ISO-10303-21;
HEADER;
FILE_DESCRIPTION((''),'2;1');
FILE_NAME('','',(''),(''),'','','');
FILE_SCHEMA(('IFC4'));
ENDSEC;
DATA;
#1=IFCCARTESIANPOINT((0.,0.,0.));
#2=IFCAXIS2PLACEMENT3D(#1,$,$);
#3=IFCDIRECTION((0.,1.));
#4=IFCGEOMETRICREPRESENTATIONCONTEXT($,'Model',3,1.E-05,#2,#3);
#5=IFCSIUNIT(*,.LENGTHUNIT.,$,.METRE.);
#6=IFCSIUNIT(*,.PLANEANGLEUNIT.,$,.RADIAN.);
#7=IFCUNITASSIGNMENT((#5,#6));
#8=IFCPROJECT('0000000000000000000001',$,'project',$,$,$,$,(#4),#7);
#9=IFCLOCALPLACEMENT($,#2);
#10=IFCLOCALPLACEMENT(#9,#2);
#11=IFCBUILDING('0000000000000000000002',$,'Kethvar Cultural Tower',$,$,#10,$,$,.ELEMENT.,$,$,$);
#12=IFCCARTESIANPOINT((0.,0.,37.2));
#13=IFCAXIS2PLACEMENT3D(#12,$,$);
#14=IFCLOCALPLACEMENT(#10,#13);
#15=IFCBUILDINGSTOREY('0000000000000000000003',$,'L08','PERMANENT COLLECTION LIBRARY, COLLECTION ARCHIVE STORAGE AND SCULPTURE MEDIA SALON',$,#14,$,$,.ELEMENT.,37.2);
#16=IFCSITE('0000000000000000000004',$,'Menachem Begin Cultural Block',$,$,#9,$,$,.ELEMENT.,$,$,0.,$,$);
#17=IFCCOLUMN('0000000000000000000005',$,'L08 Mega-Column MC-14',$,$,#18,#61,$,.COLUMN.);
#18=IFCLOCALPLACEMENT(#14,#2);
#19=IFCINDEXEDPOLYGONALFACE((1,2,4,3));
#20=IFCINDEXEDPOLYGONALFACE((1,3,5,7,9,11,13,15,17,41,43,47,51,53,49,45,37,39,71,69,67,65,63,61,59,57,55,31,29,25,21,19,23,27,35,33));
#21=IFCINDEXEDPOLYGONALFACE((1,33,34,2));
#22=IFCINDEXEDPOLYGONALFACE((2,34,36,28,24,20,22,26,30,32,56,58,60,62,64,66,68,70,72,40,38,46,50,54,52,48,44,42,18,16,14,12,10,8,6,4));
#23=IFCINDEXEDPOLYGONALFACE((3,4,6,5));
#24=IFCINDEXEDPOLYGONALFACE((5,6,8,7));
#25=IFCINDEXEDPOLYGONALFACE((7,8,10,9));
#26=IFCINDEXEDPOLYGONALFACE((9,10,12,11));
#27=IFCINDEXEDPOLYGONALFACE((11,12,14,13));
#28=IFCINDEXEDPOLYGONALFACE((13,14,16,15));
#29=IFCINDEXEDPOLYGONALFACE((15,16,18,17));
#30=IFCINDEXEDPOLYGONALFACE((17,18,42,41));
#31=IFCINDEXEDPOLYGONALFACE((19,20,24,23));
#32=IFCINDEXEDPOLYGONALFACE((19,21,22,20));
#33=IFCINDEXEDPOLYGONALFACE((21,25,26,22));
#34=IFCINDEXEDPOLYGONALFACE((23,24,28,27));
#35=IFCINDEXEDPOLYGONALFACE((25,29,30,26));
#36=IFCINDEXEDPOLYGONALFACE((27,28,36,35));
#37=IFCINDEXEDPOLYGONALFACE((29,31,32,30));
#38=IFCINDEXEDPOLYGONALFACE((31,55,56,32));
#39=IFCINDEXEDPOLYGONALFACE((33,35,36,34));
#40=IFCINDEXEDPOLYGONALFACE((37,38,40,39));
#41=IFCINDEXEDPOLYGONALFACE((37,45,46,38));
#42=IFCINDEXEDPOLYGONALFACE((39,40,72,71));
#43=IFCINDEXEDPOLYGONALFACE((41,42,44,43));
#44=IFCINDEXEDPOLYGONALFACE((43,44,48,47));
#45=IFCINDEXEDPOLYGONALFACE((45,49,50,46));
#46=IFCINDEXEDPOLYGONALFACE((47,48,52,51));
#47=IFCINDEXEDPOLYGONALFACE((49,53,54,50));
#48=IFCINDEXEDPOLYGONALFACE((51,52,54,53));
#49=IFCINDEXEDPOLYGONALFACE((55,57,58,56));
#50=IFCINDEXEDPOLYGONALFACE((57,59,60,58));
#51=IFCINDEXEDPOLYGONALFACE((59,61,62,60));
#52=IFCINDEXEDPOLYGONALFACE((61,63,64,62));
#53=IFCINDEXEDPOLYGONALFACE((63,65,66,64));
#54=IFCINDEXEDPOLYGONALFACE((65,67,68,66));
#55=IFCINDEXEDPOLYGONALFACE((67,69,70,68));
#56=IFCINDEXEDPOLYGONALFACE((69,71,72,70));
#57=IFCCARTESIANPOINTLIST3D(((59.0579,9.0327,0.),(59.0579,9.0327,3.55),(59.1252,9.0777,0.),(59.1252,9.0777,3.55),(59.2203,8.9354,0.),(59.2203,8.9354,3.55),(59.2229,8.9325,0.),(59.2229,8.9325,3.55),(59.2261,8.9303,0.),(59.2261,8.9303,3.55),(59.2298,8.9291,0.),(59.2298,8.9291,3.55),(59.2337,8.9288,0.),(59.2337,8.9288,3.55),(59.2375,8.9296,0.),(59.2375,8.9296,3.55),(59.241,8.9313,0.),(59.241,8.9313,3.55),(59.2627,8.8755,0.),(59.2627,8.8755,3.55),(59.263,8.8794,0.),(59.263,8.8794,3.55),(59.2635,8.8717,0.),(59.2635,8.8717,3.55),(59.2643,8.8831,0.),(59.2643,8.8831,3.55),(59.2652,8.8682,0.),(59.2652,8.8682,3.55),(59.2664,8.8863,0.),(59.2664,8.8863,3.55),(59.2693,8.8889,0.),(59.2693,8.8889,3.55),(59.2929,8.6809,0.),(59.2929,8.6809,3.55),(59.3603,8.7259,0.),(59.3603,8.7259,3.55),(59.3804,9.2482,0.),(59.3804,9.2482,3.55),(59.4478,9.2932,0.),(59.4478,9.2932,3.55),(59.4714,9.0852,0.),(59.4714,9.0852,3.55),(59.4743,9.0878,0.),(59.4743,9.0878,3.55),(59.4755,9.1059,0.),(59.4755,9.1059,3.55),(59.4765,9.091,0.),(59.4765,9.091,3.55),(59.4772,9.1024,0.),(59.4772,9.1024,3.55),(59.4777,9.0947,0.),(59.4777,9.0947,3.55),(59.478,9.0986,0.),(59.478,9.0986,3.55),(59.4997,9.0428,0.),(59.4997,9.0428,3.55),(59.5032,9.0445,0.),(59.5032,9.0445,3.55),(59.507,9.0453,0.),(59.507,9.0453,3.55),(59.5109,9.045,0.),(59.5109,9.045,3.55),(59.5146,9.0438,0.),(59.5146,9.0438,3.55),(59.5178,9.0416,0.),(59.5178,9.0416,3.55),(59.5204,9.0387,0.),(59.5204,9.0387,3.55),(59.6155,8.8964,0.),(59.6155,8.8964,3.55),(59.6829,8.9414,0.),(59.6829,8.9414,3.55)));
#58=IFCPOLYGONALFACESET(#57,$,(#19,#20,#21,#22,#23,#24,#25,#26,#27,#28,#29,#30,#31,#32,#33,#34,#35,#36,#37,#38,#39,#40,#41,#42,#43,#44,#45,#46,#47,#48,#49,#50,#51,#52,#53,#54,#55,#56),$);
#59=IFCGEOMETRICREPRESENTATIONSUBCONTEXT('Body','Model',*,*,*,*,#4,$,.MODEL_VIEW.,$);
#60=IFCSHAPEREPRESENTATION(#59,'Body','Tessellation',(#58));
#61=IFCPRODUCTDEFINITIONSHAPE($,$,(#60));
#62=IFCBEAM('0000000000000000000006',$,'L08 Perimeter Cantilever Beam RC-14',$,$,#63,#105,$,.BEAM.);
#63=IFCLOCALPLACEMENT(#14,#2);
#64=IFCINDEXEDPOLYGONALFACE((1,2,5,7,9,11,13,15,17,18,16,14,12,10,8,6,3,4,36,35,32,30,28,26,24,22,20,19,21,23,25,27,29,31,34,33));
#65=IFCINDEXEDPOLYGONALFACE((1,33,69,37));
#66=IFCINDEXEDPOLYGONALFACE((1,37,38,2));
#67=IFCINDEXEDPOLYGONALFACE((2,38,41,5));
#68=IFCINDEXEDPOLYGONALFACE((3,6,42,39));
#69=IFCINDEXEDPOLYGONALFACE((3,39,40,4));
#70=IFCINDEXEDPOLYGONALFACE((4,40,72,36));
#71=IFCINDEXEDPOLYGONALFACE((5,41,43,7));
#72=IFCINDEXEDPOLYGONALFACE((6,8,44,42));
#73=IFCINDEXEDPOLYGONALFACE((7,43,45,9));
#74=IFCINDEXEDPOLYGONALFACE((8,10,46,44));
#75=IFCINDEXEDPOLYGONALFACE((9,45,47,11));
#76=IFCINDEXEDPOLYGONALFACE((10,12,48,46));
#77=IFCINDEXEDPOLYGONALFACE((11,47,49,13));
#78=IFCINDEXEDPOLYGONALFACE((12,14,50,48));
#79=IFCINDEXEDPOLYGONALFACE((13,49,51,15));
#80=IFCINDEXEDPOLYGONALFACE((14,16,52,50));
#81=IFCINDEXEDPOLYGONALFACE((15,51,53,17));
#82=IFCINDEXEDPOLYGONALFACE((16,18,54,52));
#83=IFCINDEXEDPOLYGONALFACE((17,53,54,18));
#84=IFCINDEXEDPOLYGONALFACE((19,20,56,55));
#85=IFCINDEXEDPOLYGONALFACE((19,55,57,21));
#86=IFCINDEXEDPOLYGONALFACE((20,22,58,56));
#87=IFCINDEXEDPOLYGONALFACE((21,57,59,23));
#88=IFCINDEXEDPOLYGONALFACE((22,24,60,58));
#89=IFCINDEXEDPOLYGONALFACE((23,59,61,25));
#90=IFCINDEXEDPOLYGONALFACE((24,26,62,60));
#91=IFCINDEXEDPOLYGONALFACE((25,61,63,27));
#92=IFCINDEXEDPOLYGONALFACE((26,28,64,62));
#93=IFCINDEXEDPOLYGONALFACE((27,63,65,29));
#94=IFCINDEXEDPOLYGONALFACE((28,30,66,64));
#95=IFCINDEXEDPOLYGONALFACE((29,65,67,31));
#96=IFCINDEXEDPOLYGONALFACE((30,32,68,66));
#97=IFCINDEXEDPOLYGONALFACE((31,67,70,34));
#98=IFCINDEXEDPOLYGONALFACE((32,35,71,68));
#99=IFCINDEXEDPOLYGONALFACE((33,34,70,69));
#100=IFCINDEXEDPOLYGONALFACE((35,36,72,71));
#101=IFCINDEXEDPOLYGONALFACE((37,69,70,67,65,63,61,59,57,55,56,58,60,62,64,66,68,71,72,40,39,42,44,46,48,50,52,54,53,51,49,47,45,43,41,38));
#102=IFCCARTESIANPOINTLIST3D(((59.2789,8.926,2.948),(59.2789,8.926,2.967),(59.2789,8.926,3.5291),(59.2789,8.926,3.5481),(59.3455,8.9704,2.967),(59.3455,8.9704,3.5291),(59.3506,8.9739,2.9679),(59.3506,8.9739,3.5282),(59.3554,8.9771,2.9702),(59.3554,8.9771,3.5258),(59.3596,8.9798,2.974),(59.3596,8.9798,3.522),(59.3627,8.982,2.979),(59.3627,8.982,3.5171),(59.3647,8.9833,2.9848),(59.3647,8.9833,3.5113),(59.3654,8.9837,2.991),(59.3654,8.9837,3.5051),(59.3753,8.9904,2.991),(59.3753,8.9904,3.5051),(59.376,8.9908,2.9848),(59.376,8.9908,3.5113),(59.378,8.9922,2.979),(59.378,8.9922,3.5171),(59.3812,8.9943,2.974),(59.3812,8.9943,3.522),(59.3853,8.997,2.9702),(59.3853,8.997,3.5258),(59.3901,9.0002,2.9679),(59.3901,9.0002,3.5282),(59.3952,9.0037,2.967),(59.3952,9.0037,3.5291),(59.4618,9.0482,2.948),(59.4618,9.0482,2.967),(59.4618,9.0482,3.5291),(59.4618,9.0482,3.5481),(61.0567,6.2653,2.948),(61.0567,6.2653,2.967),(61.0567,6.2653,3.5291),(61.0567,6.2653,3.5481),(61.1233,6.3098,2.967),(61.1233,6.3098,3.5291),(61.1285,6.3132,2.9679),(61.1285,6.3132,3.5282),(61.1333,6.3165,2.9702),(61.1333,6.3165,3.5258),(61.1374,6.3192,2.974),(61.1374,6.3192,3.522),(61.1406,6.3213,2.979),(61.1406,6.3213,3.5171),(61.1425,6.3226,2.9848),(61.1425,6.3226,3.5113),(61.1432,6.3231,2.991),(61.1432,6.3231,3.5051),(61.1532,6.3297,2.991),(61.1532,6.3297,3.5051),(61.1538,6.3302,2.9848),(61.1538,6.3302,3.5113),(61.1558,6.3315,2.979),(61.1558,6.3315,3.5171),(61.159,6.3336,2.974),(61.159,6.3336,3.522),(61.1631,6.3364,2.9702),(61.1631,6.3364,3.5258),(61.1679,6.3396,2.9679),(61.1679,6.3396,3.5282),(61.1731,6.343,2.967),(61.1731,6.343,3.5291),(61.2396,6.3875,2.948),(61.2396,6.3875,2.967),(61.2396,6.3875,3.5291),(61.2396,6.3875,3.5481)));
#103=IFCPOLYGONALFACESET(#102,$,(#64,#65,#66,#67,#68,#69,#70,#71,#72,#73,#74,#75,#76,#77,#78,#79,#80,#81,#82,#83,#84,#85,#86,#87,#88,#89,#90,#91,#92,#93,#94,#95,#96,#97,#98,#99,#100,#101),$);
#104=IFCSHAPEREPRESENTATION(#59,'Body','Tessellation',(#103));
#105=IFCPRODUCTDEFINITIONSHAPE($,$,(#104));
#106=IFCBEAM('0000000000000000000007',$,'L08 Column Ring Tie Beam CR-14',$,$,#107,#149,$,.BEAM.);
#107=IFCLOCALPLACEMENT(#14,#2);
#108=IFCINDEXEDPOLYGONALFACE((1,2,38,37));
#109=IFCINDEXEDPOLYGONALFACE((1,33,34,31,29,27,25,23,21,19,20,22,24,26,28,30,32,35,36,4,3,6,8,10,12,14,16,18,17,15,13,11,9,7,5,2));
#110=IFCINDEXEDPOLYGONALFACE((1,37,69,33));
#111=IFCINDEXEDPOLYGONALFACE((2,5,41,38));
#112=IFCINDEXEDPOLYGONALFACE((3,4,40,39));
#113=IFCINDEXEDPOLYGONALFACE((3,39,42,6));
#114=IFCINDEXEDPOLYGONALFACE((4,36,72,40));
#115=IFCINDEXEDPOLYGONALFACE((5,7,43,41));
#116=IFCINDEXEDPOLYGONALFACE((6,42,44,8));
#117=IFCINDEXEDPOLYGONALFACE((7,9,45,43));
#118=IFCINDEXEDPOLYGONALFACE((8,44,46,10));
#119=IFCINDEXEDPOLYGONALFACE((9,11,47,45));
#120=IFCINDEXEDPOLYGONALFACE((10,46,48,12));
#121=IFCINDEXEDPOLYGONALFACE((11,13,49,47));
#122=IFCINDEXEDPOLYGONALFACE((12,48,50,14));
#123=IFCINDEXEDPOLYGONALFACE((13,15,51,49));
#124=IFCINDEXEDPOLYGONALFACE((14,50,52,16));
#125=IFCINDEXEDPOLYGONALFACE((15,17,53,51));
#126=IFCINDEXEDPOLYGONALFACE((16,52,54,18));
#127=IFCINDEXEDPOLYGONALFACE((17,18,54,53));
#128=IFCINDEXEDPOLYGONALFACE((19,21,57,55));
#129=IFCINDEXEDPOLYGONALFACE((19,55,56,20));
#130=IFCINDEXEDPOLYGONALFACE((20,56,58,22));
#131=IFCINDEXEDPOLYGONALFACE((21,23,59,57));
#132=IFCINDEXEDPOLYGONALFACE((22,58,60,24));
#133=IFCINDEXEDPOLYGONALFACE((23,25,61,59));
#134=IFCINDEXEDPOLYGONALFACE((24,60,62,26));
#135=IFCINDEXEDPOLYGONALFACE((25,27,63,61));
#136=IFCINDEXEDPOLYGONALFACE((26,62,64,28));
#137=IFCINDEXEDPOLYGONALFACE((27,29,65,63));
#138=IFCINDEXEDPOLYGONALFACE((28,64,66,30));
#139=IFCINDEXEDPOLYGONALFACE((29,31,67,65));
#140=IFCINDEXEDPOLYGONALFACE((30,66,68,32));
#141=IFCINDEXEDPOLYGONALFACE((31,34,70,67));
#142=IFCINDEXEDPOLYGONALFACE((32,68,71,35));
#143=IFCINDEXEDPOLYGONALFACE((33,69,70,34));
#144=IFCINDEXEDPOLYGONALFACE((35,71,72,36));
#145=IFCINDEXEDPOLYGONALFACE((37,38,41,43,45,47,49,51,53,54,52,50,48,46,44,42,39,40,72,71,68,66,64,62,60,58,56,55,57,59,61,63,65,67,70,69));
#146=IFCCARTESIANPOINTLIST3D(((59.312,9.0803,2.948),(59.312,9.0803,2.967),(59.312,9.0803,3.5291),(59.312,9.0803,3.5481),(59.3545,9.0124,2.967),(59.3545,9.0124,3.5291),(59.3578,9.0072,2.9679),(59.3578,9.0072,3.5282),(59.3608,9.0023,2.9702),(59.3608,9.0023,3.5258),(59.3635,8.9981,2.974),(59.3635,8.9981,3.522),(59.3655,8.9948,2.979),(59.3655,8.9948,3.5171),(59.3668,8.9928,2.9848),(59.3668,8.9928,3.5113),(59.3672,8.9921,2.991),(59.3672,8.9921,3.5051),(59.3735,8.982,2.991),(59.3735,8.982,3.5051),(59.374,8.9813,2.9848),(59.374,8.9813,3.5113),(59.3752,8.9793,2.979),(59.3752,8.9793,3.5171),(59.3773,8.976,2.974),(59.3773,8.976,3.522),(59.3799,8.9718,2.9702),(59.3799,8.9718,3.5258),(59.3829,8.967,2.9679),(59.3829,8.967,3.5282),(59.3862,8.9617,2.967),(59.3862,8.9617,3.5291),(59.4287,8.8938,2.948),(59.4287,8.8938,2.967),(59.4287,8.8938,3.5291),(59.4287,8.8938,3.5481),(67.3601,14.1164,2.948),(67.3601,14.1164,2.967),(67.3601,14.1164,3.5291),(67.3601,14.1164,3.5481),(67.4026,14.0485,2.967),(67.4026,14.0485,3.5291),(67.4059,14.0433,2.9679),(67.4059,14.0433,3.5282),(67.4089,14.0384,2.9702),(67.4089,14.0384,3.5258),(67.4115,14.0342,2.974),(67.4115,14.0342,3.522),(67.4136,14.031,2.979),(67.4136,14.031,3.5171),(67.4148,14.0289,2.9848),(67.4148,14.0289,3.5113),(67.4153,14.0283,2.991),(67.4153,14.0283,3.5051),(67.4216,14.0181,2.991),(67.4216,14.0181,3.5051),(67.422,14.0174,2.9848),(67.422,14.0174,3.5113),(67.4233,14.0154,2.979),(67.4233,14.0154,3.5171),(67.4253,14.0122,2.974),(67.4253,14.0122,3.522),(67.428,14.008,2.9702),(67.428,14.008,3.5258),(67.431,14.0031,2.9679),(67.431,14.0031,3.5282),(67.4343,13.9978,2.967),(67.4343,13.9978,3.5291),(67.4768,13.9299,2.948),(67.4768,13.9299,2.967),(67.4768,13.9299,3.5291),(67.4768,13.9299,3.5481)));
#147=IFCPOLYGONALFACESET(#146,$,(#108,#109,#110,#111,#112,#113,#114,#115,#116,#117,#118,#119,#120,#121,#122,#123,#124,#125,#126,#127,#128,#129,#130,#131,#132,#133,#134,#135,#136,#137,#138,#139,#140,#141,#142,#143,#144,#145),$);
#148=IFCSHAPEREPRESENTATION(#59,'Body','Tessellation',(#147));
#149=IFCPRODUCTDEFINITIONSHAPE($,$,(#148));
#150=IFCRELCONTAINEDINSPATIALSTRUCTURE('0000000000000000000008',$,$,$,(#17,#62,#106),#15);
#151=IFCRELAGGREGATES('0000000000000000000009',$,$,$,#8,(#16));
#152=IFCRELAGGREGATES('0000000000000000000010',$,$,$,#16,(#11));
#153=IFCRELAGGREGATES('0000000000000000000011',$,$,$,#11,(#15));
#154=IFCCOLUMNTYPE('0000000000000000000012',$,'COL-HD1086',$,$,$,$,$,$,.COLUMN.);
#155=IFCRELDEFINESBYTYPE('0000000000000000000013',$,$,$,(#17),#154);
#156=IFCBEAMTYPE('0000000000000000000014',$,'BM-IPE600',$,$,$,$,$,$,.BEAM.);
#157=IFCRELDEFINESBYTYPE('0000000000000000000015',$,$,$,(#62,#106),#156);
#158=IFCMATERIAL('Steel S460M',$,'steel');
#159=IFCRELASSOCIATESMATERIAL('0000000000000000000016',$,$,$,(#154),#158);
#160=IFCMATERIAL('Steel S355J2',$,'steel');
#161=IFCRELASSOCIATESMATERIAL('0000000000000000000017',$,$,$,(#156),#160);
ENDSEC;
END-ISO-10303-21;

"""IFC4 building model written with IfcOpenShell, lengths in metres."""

from ifc_helpers import new_model, si_unit, direction, frame, origin, origin_2d, place, context, subcontext, project, spatial, i_section, extrude, source, transform, mapped, material, material_profile, profile_set, type_object, element, save


model = new_model("IFC4")

# Units and contexts
model_context = context("Model", 3, precision=1e-05, world=origin(), true_north=direction((0.0, 1.0)))
body_context = subcontext(model_context, "Body", "Model", "MODEL_VIEW")
ifc_project = project(units=[si_unit("LENGTHUNIT", "METRE"), si_unit("PLANEANGLEUNIT", "RADIAN")], contexts=[model_context])

# Site, building, storey
site_placement = place(None, origin())
site = spatial("IfcSite", under=ifc_project, at=site_placement, Name="Menachem Begin Cultural Block", CompositionType="ELEMENT", RefElevation=0.0)
building_placement = place(site_placement, origin())
building = spatial("IfcBuilding", under=site, at=building_placement, Name="Kethvar Cultural Tower", CompositionType="ELEMENT")
storey_placement = place(building_placement, frame((0.0, 0.0, 37.2)))
storey = spatial("IfcBuildingStorey", under=building, at=storey_placement, Name="L08", Description="PERMANENT COLLECTION LIBRARY, COLLECTION ARCHIVE STORAGE AND SCULPTURE MEDIA SALON", CompositionType="ELEMENT", Elevation=37.2)

# Column
ifc_material_1 = material(Name="Steel S460M", Category="steel")
ifc_material_profile_1 = material_profile(ifc_material_1, i_section(OverallWidth=0.4231, OverallDepth=0.469, WebThickness=0.051, FlangeThickness=0.0811, FilletRadius=0.0149, at=origin_2d()), Name="Steel S460M — HD400x1086")
ifc_profile_set_1 = profile_set([ifc_material_profile_1], Name="Steel S460M — HD400x1086")
column_type = type_object("IfcColumnType", Name="COL-HD1086", PredefinedType="COLUMN", material=ifc_profile_set_1)
shared_shape_1 = source(origin(), body_context, "Body", "SweptSolid", [
    extrude(i_section(OverallWidth=0.4231, OverallDepth=0.469, WebThickness=0.051, FlangeThickness=0.0811, FilletRadius=0.0149, at=origin_2d()), origin(), (0.0, 0.0, 1.0), 3.55),
])
column_placement = place(storey_placement, frame((59.3704, 8.9871, 0.0), z_axis=(0.0, 0.0, 1.0), x_axis=(0.55557, -0.83147, 0.0)))
element("IfcColumn", 1, at=column_placement, inside=storey, type_object=column_type, Name="L08 Mega-Column MC-14", PredefinedType="COLUMN", context=body_context, shape_type="MappedRepresentation", body=[
    mapped(shared_shape_1, transform((0.0, 0.0, 0.0), scale=1.0)),
])

# Beams
ifc_material_2 = material(Name="Steel S355J2", Category="steel")
ifc_material_profile_2 = material_profile(ifc_material_2, i_section(OverallWidth=0.22, OverallDepth=0.6001, WebThickness=0.012, FlangeThickness=0.019, FilletRadius=0.0239, at=origin_2d()), Name="Steel S355J2 — IPE600")
ifc_profile_set_2 = profile_set([ifc_material_profile_2], Name="Steel S355J2 — IPE600")
beam_type_1 = type_object("IfcBeamType", Name="BM-IPE600", PredefinedType="BEAM", material=ifc_profile_set_2)
shared_shape_2 = source(origin(), body_context, "Body", "SweptSolid", [
    extrude(i_section(OverallWidth=0.22, OverallDepth=0.6001, WebThickness=0.012, FlangeThickness=0.019, FilletRadius=0.0239, at=origin_2d()), origin(), (0.0, 0.0, 1.0), 3.2),
])
beam_1_placement = place(storey_placement, frame((59.3704, 8.9871, 3.248), z_axis=(0.55558, -0.831463, 0.0), x_axis=(0.831463, 0.55558, 0.0)))
element("IfcBeam", 2, at=beam_1_placement, inside=storey, type_object=beam_type_1, Name="L08 Perimeter Cantilever Beam RC-14", PredefinedType="BEAM", context=body_context, shape_type="MappedRepresentation", body=[
    mapped(shared_shape_2, transform((0.0, 0.0, 0.0), scale=1.0)),
])
shared_shape_3 = source(origin(), body_context, "Body", "SweptSolid", [
    extrude(i_section(OverallWidth=0.22, OverallDepth=0.6001, WebThickness=0.012, FlangeThickness=0.019, FilletRadius=0.0239, at=origin_2d()), origin(), (0.0, 0.0, 1.0), 9.4939),
])
beam_2_placement = place(storey_placement, frame((59.3704, 8.9871, 3.248), z_axis=(0.847711, 0.530459, 0.0), x_axis=(-0.530459, 0.847711, 0.0)))
element("IfcBeam", 3, at=beam_2_placement, inside=storey, type_object=beam_type_1, Name="L08 Column Ring Tie Beam CR-14", PredefinedType="BEAM", context=body_context, shape_type="MappedRepresentation", body=[
    mapped(shared_shape_3, transform((0.0, 0.0, 0.0), scale=1.0)),
])

save(model, "model.ifc")
